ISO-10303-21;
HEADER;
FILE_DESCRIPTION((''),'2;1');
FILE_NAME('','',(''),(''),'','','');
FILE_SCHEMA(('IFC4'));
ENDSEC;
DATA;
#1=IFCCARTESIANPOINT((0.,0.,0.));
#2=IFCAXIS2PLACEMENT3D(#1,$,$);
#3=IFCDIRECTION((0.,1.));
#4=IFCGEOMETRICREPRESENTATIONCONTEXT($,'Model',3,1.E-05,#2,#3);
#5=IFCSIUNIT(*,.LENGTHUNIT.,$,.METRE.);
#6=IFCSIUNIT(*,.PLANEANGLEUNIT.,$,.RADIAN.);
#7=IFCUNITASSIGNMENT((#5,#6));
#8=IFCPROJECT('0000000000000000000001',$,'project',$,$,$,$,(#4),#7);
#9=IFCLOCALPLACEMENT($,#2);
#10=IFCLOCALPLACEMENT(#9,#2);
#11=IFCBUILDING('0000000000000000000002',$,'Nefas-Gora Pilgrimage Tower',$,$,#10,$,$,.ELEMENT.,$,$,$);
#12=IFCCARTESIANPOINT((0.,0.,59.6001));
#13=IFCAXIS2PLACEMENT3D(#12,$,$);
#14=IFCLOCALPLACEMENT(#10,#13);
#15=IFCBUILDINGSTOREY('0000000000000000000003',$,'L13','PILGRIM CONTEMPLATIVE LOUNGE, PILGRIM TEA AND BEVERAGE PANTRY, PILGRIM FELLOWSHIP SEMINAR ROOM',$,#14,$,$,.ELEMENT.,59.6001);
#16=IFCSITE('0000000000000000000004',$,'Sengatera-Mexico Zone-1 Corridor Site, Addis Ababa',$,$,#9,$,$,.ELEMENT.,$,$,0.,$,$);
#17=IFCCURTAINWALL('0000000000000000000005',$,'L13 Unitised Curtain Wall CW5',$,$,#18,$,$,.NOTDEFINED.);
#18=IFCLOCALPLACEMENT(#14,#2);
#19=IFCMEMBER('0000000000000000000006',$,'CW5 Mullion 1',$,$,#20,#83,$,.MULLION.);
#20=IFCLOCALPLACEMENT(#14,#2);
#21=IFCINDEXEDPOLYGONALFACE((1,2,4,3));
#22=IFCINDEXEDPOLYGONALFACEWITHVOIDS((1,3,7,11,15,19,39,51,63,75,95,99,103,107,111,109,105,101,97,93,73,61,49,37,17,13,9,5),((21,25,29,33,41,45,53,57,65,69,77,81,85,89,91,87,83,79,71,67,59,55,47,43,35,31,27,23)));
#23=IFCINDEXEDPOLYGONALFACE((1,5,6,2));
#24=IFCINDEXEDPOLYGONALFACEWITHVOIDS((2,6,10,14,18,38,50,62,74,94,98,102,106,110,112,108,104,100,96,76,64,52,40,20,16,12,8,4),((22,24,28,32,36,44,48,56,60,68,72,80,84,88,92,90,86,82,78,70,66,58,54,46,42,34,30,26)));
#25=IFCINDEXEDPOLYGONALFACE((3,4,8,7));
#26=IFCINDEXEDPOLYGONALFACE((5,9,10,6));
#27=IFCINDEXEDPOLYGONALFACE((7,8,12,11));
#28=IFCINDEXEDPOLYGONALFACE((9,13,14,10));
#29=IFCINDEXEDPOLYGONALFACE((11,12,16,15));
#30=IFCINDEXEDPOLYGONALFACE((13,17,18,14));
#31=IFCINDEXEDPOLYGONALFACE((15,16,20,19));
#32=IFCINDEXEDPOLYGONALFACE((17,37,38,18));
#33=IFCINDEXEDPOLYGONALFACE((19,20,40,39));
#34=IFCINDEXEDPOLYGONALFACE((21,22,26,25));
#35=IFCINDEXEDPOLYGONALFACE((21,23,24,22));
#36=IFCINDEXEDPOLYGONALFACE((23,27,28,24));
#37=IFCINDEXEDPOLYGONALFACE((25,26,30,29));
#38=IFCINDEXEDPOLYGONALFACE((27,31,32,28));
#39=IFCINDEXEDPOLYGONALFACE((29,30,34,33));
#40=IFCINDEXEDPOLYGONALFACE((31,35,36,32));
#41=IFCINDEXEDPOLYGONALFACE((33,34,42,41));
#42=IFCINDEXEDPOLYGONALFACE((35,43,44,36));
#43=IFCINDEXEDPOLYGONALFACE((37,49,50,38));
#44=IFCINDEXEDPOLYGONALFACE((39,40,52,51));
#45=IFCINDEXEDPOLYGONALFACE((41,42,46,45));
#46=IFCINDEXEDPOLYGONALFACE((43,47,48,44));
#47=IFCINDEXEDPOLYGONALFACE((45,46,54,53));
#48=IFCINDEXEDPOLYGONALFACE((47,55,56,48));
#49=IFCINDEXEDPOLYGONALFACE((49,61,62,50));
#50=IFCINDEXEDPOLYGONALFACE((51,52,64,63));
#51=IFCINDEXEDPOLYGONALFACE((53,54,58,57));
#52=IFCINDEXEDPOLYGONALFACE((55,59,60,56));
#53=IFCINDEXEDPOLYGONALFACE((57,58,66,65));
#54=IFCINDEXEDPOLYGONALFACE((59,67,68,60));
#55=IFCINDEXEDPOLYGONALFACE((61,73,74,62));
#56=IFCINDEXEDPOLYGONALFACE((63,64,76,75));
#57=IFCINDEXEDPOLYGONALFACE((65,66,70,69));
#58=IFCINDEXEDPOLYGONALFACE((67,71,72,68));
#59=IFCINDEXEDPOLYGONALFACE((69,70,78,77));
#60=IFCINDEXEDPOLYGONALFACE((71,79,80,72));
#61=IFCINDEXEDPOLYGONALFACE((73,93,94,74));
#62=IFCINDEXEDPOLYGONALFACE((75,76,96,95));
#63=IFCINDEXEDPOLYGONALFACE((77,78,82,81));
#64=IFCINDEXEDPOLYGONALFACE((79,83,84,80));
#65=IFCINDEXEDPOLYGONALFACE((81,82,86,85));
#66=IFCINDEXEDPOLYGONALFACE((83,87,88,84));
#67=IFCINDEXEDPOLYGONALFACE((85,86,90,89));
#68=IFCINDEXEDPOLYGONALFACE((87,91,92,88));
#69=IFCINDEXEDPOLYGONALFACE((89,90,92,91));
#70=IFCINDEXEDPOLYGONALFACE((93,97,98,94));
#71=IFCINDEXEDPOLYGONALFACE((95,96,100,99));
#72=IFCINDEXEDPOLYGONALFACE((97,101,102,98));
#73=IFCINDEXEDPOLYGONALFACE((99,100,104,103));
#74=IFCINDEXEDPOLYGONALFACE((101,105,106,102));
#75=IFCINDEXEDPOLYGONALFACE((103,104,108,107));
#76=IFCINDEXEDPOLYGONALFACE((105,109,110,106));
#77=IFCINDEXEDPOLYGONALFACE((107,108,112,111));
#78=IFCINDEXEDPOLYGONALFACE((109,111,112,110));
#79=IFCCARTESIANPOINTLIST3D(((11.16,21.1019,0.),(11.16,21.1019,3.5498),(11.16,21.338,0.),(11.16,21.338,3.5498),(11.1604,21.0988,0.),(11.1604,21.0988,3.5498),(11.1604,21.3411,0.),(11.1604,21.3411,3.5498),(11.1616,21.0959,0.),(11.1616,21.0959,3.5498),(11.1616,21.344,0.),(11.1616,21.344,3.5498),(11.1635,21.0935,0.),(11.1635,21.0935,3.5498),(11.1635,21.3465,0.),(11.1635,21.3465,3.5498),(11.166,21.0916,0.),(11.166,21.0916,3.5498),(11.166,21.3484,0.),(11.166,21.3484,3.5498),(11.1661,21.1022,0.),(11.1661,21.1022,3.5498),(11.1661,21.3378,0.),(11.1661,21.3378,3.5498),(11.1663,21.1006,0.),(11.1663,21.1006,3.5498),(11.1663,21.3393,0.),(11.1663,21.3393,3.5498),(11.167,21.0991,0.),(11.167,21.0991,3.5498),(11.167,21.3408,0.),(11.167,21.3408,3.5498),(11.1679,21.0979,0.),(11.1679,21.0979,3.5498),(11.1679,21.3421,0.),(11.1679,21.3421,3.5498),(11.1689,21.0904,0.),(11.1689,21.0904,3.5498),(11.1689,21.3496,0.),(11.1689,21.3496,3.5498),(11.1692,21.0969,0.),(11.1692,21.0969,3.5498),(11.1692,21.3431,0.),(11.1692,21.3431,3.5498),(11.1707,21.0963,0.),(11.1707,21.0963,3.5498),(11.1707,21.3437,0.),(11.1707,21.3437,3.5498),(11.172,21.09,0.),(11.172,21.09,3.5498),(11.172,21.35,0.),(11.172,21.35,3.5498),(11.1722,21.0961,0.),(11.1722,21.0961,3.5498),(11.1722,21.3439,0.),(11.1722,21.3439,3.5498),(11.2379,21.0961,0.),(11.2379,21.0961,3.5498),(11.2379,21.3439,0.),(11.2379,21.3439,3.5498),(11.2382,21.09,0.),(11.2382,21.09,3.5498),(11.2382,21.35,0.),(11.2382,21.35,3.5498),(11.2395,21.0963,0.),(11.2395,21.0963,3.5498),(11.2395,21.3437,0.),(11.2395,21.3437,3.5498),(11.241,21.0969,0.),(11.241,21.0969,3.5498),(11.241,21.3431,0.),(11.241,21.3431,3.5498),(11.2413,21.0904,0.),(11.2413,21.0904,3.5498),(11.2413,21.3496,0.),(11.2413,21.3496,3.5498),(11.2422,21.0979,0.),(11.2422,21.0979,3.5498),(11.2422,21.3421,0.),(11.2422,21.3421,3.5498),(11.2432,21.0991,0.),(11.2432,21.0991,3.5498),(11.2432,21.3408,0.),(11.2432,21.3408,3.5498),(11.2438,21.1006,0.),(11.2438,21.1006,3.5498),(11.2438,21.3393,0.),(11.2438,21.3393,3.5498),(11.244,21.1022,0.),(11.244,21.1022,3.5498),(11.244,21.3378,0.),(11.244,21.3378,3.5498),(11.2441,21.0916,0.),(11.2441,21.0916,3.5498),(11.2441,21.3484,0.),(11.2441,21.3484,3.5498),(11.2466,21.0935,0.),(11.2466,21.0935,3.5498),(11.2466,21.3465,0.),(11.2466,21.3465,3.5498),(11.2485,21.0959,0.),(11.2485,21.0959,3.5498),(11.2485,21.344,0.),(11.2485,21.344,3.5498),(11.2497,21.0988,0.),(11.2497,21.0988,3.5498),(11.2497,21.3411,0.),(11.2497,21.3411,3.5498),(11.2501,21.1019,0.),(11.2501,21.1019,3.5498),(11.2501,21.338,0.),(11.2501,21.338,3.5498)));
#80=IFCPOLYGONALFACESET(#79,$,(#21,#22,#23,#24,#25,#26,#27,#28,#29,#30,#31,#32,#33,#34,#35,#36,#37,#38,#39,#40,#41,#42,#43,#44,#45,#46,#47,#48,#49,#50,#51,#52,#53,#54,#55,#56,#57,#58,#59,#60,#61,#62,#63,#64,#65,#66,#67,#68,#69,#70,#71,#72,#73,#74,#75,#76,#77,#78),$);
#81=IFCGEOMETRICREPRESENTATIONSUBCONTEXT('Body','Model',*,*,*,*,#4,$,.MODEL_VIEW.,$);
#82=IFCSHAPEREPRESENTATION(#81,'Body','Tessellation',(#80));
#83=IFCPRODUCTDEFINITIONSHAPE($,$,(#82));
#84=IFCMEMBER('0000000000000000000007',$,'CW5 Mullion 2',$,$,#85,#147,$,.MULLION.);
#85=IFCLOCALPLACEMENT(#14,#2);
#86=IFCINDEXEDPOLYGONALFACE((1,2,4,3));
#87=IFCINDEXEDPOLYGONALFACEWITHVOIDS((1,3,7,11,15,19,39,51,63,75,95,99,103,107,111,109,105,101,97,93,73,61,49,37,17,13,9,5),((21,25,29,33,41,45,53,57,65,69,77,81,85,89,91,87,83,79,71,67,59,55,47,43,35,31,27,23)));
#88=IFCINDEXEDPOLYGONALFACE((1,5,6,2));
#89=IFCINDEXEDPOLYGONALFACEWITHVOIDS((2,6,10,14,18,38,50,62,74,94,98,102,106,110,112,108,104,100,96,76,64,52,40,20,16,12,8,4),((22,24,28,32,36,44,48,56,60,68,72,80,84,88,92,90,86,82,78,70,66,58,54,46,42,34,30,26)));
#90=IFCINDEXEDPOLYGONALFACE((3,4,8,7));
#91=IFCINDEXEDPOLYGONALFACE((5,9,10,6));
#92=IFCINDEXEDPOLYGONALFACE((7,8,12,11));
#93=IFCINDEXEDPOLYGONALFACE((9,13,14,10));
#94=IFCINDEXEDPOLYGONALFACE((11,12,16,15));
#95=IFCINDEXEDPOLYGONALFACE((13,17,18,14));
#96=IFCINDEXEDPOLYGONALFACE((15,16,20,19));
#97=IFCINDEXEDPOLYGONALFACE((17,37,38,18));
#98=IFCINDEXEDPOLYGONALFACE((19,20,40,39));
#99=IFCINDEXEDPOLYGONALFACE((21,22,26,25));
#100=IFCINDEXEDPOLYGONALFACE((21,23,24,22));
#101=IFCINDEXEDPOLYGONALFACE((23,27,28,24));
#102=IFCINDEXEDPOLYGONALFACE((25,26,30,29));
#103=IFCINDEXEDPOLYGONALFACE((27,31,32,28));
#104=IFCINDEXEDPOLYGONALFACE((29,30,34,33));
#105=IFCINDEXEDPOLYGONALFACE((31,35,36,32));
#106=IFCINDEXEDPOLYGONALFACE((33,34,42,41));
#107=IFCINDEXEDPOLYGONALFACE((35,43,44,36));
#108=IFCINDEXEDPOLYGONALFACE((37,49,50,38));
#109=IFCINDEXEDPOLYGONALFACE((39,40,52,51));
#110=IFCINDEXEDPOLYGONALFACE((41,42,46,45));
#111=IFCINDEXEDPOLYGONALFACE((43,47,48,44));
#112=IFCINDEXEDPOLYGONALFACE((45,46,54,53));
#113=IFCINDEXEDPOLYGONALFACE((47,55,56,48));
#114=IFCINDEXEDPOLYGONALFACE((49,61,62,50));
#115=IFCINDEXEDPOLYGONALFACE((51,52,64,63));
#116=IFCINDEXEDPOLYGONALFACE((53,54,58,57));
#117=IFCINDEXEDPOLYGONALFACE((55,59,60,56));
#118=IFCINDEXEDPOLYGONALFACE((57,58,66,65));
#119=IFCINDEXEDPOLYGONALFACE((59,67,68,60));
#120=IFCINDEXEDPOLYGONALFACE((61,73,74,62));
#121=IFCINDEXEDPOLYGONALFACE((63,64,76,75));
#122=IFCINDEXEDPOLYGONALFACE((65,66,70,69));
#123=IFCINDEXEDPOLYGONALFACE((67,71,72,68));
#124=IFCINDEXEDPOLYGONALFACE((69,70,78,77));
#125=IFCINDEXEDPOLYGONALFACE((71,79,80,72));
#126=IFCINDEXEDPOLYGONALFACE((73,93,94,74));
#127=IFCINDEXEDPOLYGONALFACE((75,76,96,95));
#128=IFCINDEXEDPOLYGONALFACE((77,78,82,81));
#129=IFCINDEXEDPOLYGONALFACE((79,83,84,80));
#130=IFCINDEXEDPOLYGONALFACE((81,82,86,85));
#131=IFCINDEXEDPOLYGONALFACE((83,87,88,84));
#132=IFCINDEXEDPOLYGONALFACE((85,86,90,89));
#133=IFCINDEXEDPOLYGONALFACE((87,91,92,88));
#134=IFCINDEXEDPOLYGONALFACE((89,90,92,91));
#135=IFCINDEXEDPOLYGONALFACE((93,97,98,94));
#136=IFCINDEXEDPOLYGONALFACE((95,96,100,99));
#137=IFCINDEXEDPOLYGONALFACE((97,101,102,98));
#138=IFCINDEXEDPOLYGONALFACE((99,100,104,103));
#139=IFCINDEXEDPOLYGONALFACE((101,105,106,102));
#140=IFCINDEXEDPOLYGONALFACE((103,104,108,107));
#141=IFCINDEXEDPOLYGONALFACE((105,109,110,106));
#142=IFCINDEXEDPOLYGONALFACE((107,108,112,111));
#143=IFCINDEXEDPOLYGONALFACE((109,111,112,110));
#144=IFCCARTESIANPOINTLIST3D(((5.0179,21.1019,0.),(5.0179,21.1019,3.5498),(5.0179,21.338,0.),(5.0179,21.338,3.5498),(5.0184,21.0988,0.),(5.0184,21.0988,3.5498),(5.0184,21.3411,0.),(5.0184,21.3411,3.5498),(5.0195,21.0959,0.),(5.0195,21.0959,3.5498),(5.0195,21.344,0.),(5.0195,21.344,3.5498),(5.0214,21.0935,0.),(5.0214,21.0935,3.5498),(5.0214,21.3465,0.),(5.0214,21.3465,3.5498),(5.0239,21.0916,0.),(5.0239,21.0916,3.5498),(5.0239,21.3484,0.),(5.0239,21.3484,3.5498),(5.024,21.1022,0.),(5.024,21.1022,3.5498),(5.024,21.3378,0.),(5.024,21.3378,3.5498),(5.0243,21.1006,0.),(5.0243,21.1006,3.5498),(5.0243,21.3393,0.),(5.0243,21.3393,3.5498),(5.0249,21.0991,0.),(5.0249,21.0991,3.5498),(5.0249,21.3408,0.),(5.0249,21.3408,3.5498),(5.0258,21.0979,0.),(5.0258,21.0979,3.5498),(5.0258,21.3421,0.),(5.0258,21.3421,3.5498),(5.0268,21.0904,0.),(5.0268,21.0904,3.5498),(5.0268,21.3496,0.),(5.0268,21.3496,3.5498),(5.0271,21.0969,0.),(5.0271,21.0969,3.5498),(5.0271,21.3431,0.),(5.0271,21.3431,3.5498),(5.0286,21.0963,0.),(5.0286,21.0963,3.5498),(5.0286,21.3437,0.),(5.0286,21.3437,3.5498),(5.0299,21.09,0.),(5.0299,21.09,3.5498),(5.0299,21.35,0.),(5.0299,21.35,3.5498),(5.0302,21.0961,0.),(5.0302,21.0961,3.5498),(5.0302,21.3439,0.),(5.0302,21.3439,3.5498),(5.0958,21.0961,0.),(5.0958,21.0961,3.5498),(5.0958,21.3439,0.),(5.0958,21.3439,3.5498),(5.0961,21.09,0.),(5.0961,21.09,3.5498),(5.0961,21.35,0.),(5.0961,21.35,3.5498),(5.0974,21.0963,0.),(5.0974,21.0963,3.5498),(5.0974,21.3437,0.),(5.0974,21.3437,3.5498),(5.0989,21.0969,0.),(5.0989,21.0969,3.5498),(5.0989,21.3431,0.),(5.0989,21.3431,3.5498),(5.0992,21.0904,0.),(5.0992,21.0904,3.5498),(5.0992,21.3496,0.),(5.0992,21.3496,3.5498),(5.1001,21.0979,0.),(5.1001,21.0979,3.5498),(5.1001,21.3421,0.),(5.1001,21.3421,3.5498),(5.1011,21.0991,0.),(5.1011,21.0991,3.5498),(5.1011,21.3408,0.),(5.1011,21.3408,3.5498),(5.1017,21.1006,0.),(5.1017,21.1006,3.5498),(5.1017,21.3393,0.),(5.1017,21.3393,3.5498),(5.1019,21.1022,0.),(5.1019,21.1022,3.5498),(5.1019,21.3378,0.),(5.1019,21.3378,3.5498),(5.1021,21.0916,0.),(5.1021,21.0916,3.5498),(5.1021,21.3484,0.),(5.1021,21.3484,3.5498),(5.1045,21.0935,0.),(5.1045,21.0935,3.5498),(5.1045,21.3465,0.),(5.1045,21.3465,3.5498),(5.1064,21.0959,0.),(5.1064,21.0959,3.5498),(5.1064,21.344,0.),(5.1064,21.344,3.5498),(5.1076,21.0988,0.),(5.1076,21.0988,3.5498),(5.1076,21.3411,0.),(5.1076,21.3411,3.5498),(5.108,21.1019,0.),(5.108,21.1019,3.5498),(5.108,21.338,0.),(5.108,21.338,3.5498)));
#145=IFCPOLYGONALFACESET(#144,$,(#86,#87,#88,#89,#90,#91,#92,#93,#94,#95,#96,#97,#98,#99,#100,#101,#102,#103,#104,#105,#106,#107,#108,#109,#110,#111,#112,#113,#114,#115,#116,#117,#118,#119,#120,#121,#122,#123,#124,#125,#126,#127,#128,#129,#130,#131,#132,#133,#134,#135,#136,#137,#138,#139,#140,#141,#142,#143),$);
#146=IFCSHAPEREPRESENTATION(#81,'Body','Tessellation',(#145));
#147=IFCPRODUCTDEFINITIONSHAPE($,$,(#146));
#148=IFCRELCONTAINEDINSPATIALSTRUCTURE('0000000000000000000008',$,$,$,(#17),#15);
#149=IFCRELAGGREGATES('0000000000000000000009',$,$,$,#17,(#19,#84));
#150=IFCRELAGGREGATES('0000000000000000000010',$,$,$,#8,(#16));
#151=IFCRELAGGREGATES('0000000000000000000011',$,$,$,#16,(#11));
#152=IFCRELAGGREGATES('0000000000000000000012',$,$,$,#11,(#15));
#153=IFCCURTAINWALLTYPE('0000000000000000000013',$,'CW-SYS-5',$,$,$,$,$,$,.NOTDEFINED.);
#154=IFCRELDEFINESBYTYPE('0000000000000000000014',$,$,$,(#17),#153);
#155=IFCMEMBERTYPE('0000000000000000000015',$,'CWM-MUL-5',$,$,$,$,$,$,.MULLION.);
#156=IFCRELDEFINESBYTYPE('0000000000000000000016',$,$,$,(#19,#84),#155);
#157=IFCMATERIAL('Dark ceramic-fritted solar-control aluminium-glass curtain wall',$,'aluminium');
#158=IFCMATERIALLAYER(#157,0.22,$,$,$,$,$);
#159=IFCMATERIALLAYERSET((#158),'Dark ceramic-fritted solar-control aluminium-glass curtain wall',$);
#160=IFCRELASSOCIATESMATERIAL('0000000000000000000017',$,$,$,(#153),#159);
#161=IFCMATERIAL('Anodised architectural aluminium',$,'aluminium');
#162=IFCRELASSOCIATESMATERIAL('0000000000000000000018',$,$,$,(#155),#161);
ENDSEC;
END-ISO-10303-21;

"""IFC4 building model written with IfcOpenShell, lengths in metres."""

from ifc_helpers import new_model, si_unit, direction, frame, origin, origin_2d, place, context, subcontext, project, spatial, hollow_rectangle, extrude, source, transform, mapped, material, layer, layer_set, material_profile, profile_set, type_object, element, aggregate, save


model = new_model("IFC4")

# Units and contexts
model_context = context("Model", 3, precision=1e-05, world=origin(), true_north=direction((0.0, 1.0)))
body_context = subcontext(model_context, "Body", "Model", "MODEL_VIEW")
ifc_project = project(units=[si_unit("LENGTHUNIT", "METRE"), si_unit("PLANEANGLEUNIT", "RADIAN")], contexts=[model_context])

# Site, building, storey
site_placement = place(None, origin())
site = spatial("IfcSite", under=ifc_project, at=site_placement, Name="Sengatera-Mexico Zone-1 Corridor Site, Addis Ababa", CompositionType="ELEMENT", RefElevation=0.0)
building_placement = place(site_placement, origin())
building = spatial("IfcBuilding", under=site, at=building_placement, Name="Nefas-Gora Pilgrimage Tower", CompositionType="ELEMENT")
storey_placement = place(building_placement, frame((0.0, 0.0, 59.6001)))
storey = spatial("IfcBuildingStorey", under=building, at=storey_placement, Name="L13", Description="PILGRIM CONTEMPLATIVE LOUNGE, PILGRIM TEA AND BEVERAGE PANTRY, PILGRIM FELLOWSHIP SEMINAR ROOM", CompositionType="ELEMENT", Elevation=59.6001)

# Curtain wall
ifc_material_1 = material(Name="Dark ceramic-fritted solar-control aluminium-glass curtain wall", Category="aluminium")
ifc_layer_1 = layer(ifc_material_1, 0.22)
ifc_layer_set_1 = layer_set([ifc_layer_1], Name="Dark ceramic-fritted solar-control aluminium-glass curtain wall")
curtain_wall_type_1 = type_object("IfcCurtainWallType", Name="CW-SYS-5", PredefinedType="NOTDEFINED", material=ifc_layer_set_1)
curtain_wall_1_placement = place(storey_placement, origin())
curtain_wall_1 = element("IfcCurtainWall", 1, at=curtain_wall_1_placement, inside=storey, type_object=curtain_wall_type_1, Name="L13 Unitised Curtain Wall CW5", PredefinedType="NOTDEFINED")
ifc_material_2 = material(Name="Anodised architectural aluminium", Category="aluminium")

# Members
ifc_material_profile_1 = material_profile(ifc_material_2, hollow_rectangle(XDim=0.0901, YDim=0.26, WallThickness=0.0061, InnerFilletRadius=0.0061, OuterFilletRadius=0.012, at=origin_2d()), Name="ALU MULLION 90x260")
ifc_profile_set_1 = profile_set([ifc_material_profile_1], Name="Anodised architectural aluminium")
member_type_1 = type_object("IfcMemberType", Name="CWM-MUL-5", PredefinedType="MULLION", material=ifc_profile_set_1)
shared_shape_1 = source(origin(), body_context, "Body", "SweptSolid", [
    extrude(hollow_rectangle(XDim=0.0901, YDim=0.26, WallThickness=0.0061, InnerFilletRadius=0.0061, OuterFilletRadius=0.012, at=origin_2d()), origin(), (0.0, 0.0, 1.0), 3.5498),
])
member_1_placement = place(storey_placement, frame((11.2051, 21.22, 0.0), z_axis=(0.0, 0.0, 1.0), x_axis=(-1.0, 0.0, 0.0)))
member_1 = element("IfcMember", 2, at=member_1_placement, type_object=member_type_1, Name="CW5 Mullion 1", PredefinedType="MULLION", context=body_context, shape_type="MappedRepresentation", body=[
    mapped(shared_shape_1, transform((0.0, 0.0, 0.0), x_axis=(1.0, 0.0, 0.0), y_axis=(0.0, 1.0, 0.0), z_axis=(0.0, 0.0, 1.0), scale=1.0)),
])
member_2_placement = place(storey_placement, frame((5.063, 21.22, 0.0), z_axis=(0.0, 0.0, 1.0), x_axis=(-1.0, 0.0, 0.0)))
member_2 = element("IfcMember", 3, at=member_2_placement, type_object=member_type_1, Name="CW5 Mullion 2", PredefinedType="MULLION", context=body_context, shape_type="MappedRepresentation", body=[
    mapped(shared_shape_1, transform((0.0, 0.0, 0.0), x_axis=(1.0, 0.0, 0.0), y_axis=(0.0, 1.0, 0.0), z_axis=(0.0, 0.0, 1.0), scale=1.0)),
])

aggregate(curtain_wall_1, [member_1, member_2])

save(model, "model.ifc")
